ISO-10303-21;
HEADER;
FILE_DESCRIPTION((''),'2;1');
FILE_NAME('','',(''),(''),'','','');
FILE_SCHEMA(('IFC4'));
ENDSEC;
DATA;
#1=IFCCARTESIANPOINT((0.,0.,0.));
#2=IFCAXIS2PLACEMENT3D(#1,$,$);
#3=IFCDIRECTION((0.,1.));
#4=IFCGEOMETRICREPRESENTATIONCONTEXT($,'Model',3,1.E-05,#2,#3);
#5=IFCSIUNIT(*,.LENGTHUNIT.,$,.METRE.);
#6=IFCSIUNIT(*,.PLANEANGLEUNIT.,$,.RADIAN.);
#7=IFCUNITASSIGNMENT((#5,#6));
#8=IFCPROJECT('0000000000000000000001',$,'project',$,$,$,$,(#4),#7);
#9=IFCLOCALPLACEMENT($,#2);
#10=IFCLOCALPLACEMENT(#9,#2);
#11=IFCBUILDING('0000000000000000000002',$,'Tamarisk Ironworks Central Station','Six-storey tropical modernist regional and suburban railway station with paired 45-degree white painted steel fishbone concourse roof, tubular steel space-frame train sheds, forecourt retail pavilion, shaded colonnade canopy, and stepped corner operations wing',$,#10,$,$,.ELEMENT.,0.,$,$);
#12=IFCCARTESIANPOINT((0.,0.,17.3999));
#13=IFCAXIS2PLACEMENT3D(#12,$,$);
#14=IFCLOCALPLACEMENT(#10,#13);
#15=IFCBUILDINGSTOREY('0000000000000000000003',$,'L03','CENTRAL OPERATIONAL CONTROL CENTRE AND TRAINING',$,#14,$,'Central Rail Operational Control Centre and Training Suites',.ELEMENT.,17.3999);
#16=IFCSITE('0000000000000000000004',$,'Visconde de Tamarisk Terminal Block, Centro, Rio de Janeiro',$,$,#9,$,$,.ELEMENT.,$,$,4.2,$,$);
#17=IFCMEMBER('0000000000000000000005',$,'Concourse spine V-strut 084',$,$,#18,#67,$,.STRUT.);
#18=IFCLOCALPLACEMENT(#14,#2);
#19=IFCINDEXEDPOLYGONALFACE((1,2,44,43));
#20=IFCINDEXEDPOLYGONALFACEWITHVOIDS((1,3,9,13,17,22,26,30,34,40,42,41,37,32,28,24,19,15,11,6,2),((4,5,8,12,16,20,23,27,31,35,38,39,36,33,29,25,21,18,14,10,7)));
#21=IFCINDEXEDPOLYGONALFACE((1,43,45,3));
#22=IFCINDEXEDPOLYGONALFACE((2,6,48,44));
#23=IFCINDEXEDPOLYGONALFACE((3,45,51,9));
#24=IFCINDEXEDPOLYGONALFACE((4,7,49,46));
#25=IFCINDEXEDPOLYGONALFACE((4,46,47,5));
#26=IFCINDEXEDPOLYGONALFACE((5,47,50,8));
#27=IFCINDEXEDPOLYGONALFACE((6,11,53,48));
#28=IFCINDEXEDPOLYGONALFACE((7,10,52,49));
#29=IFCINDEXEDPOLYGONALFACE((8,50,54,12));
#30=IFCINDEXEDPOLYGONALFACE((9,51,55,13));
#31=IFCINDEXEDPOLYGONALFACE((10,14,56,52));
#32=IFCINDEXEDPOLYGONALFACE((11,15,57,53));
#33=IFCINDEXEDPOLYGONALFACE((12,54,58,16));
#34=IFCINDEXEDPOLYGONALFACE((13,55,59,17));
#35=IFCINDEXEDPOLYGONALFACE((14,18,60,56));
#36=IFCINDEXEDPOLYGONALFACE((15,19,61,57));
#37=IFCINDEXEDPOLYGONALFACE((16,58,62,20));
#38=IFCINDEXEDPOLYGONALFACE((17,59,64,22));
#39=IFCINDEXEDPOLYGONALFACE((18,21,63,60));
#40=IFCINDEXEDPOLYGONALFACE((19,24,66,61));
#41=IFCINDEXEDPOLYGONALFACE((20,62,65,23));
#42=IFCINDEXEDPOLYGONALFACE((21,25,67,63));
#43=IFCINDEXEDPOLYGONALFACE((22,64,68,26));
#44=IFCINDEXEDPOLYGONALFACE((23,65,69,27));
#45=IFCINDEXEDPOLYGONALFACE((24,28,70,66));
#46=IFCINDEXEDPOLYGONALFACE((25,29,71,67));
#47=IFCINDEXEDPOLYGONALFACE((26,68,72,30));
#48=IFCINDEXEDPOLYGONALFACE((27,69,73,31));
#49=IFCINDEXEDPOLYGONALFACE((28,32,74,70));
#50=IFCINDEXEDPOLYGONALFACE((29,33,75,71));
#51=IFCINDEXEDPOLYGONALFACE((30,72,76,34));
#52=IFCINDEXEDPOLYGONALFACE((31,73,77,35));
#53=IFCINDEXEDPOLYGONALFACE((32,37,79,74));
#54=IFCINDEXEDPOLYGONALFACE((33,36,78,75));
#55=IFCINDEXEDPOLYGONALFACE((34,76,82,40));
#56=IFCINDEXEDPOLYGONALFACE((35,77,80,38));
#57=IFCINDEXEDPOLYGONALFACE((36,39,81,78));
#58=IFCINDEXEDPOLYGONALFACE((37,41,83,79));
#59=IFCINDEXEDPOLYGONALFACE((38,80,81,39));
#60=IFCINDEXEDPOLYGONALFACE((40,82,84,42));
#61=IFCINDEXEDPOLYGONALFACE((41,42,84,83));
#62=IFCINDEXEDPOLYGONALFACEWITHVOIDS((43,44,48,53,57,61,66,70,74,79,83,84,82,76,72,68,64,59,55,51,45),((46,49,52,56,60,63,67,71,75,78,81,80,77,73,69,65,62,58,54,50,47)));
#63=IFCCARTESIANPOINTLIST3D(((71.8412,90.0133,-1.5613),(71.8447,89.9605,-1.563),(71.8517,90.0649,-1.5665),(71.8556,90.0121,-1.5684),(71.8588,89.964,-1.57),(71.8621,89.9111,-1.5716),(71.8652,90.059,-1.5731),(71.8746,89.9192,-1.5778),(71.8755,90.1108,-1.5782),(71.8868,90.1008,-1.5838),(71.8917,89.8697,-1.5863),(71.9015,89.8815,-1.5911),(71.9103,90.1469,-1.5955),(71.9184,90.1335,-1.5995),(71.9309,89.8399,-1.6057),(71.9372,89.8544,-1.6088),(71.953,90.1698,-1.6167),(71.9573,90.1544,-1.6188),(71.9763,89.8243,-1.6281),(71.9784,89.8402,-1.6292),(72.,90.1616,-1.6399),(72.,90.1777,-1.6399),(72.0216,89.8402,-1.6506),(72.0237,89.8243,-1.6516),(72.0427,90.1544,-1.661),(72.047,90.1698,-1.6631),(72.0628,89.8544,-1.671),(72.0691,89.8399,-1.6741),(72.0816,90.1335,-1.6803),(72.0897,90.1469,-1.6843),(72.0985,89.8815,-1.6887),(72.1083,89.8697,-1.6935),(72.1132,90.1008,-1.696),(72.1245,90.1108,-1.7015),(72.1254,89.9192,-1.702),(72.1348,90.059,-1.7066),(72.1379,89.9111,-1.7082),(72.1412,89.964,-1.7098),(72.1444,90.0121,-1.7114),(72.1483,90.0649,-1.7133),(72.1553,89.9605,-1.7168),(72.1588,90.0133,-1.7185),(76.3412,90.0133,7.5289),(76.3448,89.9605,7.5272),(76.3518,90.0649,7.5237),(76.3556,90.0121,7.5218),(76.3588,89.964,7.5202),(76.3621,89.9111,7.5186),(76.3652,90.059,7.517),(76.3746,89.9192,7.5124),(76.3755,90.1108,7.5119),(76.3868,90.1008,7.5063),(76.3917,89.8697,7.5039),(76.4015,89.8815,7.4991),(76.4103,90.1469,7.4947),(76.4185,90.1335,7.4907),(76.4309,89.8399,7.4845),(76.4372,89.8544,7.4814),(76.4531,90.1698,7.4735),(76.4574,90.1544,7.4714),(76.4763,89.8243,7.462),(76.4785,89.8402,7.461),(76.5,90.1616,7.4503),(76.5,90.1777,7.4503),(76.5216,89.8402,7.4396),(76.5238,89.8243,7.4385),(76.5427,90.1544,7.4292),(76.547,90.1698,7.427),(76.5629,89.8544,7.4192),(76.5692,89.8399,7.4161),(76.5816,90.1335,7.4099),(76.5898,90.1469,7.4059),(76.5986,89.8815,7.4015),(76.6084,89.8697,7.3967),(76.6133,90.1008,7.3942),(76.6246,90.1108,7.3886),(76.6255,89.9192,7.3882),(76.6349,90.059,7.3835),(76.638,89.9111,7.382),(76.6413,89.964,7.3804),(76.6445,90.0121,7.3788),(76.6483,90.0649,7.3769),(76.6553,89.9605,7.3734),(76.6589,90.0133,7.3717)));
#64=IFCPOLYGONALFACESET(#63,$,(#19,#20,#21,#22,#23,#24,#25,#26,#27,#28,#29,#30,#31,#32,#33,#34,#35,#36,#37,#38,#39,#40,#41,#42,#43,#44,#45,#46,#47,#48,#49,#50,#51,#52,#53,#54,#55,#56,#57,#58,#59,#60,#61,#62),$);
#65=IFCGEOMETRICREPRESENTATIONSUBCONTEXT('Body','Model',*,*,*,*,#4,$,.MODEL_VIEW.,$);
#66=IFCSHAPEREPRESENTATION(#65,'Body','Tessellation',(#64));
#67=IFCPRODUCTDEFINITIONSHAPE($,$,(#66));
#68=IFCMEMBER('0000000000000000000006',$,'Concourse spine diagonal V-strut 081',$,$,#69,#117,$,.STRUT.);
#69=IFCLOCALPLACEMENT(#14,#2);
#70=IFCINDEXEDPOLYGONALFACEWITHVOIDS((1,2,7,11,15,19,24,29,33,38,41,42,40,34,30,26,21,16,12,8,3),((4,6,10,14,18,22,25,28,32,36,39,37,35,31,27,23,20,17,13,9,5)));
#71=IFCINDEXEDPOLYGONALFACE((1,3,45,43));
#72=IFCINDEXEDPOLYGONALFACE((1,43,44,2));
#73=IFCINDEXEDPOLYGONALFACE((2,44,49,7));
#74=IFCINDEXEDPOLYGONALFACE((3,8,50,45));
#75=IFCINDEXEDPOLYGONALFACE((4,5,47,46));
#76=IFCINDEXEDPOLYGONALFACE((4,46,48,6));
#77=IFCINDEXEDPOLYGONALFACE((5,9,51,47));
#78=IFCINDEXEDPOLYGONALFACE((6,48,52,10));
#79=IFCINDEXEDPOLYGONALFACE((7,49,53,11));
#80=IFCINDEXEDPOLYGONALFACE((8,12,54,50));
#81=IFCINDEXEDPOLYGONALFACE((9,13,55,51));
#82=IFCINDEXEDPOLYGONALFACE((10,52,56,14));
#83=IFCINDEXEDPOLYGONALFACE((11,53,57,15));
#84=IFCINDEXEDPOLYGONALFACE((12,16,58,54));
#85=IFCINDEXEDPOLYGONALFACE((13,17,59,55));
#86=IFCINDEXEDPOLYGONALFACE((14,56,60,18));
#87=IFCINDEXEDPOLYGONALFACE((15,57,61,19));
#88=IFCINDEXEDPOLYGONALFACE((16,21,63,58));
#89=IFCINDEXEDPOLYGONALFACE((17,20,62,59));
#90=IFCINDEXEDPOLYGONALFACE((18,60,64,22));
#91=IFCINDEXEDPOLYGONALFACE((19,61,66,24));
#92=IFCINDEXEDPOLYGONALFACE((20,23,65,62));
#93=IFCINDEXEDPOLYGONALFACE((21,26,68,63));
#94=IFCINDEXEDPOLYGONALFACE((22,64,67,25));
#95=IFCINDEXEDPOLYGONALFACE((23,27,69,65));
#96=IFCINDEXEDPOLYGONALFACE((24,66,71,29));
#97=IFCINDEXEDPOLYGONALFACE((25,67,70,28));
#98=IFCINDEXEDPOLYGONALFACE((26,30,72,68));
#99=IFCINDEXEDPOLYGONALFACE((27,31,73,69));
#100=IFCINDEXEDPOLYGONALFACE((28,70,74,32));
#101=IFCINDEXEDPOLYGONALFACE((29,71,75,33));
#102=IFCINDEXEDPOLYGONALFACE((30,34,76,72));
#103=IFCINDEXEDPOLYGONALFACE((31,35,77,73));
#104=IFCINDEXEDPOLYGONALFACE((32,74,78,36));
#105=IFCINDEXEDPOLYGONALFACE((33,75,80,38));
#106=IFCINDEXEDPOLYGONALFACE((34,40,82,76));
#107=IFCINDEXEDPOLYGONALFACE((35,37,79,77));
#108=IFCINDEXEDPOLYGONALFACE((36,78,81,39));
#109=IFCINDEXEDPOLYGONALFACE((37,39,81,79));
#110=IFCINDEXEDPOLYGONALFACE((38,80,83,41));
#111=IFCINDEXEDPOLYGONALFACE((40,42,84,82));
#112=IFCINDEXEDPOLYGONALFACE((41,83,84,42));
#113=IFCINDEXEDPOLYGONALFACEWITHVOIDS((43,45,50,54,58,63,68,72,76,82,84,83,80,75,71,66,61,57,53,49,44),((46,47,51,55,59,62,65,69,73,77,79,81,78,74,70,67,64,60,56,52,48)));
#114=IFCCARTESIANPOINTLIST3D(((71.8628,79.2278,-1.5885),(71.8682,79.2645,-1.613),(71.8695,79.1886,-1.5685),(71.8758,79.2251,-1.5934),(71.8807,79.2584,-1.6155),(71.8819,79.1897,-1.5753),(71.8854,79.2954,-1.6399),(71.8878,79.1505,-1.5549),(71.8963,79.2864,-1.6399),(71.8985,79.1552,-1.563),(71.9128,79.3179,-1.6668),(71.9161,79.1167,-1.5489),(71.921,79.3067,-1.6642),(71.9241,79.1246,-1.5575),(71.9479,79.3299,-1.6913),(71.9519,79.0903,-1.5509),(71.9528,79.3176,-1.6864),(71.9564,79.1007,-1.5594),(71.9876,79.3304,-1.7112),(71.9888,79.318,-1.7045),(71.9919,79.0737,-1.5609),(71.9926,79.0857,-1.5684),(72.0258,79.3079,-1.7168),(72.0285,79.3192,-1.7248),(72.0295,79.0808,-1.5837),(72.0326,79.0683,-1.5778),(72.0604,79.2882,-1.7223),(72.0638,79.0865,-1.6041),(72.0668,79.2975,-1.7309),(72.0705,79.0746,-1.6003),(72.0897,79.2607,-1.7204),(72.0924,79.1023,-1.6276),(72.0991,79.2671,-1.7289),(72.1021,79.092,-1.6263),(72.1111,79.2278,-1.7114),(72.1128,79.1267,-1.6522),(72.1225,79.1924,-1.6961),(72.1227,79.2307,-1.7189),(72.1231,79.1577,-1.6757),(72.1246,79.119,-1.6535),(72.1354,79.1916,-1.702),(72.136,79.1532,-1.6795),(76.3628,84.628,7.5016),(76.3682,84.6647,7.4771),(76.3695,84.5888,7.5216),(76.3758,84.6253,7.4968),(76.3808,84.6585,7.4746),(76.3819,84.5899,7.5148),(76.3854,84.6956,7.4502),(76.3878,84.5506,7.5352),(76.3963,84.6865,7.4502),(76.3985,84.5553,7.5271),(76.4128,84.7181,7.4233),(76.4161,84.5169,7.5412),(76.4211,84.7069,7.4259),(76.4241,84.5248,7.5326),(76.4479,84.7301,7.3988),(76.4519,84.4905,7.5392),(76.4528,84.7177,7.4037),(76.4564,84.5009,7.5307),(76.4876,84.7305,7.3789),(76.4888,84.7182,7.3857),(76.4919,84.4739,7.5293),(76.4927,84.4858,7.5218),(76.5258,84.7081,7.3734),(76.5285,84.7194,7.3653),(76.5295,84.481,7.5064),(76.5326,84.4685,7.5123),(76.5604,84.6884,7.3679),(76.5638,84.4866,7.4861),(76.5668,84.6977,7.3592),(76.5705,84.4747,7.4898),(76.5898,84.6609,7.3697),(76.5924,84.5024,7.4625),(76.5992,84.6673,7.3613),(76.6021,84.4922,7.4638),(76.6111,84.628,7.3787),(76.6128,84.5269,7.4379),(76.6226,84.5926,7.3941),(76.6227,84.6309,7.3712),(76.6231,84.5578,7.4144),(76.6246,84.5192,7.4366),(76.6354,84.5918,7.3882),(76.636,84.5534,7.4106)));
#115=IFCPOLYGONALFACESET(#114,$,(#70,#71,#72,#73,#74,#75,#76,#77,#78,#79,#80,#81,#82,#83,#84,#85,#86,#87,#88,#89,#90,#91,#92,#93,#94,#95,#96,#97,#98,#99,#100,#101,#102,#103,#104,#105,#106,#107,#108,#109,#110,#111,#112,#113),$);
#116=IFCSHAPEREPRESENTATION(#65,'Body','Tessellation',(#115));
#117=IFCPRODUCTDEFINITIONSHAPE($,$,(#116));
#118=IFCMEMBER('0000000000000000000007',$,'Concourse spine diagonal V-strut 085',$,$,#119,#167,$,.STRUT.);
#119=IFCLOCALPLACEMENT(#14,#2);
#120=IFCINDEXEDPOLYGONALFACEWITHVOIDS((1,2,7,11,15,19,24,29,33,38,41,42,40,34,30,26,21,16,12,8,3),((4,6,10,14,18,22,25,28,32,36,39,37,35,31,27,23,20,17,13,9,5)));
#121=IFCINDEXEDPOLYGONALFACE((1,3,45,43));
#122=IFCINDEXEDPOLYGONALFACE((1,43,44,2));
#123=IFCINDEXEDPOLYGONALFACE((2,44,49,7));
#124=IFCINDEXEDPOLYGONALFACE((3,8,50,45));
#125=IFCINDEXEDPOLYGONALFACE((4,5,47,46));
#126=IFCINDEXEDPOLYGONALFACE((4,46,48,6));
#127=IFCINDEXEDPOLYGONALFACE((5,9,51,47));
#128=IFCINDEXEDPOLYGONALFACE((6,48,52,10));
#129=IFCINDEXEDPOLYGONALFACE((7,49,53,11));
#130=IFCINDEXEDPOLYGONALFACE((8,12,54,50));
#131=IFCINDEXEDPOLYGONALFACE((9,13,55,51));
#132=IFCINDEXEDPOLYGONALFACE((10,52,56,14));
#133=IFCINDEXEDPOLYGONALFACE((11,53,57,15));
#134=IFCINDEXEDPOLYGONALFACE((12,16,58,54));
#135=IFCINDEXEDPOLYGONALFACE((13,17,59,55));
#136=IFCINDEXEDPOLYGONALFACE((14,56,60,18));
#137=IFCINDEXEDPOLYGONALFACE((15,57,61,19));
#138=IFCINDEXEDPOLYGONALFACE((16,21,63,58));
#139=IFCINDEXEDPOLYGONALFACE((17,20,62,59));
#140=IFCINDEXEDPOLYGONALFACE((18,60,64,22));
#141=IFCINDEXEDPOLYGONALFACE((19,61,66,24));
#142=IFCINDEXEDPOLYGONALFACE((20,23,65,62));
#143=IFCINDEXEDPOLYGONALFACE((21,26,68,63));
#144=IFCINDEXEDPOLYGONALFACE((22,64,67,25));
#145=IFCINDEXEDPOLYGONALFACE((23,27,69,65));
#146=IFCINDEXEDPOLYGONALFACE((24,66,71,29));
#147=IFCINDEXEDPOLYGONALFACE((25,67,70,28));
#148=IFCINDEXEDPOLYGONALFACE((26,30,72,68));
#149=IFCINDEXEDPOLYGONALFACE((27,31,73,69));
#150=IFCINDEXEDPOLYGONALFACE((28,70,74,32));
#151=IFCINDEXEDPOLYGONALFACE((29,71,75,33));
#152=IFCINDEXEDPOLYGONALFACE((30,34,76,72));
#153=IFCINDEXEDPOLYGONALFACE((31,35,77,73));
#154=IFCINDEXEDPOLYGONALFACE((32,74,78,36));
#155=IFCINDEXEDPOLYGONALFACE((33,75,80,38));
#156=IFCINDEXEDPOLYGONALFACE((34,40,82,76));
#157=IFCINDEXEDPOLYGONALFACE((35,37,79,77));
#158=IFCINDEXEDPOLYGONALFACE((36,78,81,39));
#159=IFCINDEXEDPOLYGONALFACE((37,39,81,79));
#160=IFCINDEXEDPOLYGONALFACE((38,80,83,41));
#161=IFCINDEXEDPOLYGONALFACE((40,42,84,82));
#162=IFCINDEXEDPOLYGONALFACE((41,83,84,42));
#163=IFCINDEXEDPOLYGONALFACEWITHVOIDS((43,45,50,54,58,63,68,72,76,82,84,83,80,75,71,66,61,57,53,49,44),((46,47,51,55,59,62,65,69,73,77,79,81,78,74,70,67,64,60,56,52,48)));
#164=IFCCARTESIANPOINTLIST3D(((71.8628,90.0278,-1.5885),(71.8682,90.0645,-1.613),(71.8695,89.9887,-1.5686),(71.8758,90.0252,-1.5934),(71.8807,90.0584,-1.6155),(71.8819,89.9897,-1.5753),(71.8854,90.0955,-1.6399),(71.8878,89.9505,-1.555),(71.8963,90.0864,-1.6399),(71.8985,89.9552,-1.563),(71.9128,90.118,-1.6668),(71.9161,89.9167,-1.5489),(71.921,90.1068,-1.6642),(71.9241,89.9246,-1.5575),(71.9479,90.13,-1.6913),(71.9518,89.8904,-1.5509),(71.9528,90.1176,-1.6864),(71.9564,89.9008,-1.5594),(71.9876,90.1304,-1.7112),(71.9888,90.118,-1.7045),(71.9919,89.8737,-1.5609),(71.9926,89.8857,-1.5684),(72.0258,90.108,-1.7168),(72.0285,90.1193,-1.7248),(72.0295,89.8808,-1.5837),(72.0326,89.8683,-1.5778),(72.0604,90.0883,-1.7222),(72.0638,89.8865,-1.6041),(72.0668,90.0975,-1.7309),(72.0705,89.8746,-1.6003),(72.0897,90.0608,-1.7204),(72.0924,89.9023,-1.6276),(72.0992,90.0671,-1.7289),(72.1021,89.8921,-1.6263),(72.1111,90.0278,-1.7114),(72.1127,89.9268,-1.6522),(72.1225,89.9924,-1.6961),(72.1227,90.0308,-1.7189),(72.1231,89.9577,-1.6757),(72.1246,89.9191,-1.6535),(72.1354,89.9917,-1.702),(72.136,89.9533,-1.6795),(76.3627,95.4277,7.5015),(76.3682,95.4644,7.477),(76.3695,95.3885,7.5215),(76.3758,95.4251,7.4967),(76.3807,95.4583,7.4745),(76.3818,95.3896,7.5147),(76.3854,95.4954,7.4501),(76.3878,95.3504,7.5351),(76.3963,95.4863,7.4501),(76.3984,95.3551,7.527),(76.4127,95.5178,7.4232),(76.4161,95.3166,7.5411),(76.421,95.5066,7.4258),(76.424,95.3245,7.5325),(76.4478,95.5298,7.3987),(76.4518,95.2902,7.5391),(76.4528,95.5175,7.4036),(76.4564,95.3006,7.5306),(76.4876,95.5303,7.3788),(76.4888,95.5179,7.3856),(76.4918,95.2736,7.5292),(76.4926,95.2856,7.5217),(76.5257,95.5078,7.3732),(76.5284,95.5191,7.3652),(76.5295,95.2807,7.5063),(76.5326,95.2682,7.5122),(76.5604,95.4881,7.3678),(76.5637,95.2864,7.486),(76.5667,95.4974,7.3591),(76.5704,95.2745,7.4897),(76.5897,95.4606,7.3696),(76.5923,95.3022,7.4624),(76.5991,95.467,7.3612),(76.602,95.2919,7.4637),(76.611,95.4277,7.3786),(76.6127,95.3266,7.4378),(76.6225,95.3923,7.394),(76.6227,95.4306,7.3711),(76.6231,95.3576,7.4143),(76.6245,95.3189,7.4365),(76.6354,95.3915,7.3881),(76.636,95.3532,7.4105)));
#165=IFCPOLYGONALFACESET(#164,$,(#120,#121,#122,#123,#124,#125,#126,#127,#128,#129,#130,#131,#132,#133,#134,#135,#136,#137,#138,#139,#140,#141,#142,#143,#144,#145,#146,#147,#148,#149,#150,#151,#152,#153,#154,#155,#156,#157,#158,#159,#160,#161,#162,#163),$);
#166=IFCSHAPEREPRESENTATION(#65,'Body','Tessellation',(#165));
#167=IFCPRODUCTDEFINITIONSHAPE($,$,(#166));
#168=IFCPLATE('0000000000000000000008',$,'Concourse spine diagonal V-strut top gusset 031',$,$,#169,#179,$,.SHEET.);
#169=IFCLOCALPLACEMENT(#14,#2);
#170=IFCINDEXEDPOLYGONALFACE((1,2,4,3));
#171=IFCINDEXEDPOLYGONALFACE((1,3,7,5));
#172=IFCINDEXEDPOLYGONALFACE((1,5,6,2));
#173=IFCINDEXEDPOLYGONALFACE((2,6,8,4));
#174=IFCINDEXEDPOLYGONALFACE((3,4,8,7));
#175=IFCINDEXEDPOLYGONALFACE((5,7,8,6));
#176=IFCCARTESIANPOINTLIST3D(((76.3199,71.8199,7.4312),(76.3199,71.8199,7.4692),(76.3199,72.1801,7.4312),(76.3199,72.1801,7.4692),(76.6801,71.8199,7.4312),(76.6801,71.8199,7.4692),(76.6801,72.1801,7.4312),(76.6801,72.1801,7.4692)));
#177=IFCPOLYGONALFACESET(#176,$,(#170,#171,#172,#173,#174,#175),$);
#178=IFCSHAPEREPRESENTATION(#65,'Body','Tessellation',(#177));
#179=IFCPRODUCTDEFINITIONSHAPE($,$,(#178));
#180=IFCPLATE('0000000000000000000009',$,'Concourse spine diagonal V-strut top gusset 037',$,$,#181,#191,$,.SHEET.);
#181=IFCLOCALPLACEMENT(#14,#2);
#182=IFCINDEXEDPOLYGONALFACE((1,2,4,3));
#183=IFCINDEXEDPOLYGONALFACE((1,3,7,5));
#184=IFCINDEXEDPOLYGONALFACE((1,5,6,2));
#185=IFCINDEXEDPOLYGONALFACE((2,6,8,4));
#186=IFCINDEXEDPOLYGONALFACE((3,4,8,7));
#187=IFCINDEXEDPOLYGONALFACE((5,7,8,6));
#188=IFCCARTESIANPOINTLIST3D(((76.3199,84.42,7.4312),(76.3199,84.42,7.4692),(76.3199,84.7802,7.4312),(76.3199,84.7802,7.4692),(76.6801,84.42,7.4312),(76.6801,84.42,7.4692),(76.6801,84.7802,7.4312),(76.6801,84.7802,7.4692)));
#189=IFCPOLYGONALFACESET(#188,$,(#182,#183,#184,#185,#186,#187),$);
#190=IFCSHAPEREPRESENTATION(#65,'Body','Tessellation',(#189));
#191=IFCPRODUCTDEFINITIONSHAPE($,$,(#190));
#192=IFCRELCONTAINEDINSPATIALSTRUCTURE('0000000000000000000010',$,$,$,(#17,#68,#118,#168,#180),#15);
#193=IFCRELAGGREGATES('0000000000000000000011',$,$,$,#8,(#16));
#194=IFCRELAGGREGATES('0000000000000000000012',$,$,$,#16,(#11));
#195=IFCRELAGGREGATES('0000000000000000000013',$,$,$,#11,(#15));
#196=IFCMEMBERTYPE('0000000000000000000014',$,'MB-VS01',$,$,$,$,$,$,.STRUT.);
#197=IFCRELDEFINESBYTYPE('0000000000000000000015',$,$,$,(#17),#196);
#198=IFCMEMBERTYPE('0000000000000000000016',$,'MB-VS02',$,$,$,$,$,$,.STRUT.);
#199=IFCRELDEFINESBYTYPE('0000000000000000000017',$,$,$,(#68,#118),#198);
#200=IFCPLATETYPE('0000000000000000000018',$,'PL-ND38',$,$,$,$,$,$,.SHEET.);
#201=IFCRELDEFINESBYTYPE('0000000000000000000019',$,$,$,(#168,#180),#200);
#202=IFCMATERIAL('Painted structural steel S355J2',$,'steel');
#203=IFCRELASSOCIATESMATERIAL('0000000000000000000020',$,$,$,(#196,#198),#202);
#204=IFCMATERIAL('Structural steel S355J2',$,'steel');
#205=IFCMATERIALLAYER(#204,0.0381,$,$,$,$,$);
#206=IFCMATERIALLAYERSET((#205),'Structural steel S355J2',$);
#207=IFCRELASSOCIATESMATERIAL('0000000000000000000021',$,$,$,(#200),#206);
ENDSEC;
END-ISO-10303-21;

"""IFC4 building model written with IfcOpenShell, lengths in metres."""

from ifc_helpers import new_model, si_unit, direction, frame, origin, origin_2d, place, context, subcontext, project, spatial, rectangle, hollow_circle, extrude, material, layer, layer_set, material_profile, profile_set, type_object, element, save


model = new_model("IFC4")

# Units and contexts
model_context = context("Model", 3, precision=1e-05, world=origin(), true_north=direction((0.0, 1.0)))
body_context = subcontext(model_context, "Body", "Model", "MODEL_VIEW")
ifc_project = project(units=[si_unit("LENGTHUNIT", "METRE"), si_unit("PLANEANGLEUNIT", "RADIAN")], contexts=[model_context])

# Site, building, storey
site_placement = place(None, origin())
site = spatial("IfcSite", under=ifc_project, at=site_placement, Name="Visconde de Tamarisk Terminal Block, Centro, Rio de Janeiro", CompositionType="ELEMENT", RefElevation=4.2)
building_placement = place(site_placement, origin())
building = spatial("IfcBuilding", under=site, at=building_placement, Name="Tamarisk Ironworks Central Station", Description="Six-storey tropical modernist regional and suburban railway station with paired 45-degree white painted steel fishbone concourse roof, tubular steel space-frame train sheds, forecourt retail pavilion, shaded colonnade canopy, and stepped corner operations wing", CompositionType="ELEMENT", ElevationOfRefHeight=0.0)
storey_placement = place(building_placement, frame((0.0, 0.0, 17.3999)))
storey = spatial("IfcBuildingStorey", under=building, at=storey_placement, Name="L03", Description="CENTRAL OPERATIONAL CONTROL CENTRE AND TRAINING", LongName="Central Rail Operational Control Centre and Training Suites", CompositionType="ELEMENT", Elevation=17.3999)

# Shared definitions
ifc_material_1 = material(Name="Painted structural steel S355J2", Category="steel")
ifc_material_2 = material(Name="Structural steel S355J2", Category="steel")

# Members
ifc_material_profile_1 = material_profile(ifc_material_1, hollow_circle(Radius=0.1777, WallThickness=0.0161, at=origin_2d()), Name="CHS 355.6x16")
ifc_profile_set_1 = profile_set([ifc_material_profile_1], Name="Painted structural steel S355J2")
member_type_1 = type_object("IfcMemberType", Name="MB-VS01", PredefinedType="STRUT", material=ifc_profile_set_1)
for number, where, z_axis, x_axis, name in (
    (1, (72.0, 90.0, -1.6399), (0.443657, 0.0, 0.896196), (0.0, 1.0, 0.0), "Concourse spine V-strut 084"),
):
    element("IfcMember", number, at=place(storey_placement, frame(where, z_axis=z_axis, x_axis=x_axis)), inside=storey, type_object=member_type_1, Name=name, PredefinedType="STRUT", context=body_context, shape_type="SweptSolid", body=[
        extrude(hollow_circle(Radius=0.1777, WallThickness=0.0161, at=origin_2d()), origin(), (0.0, 0.0, 1.0), 10.1431),
    ])
ifc_material_profile_2 = material_profile(ifc_material_1, hollow_circle(Radius=0.1492, WallThickness=0.0142, at=origin_2d()), Name="CHS 298.5x14.2")
ifc_profile_set_2 = profile_set([ifc_material_profile_2], Name="Painted structural steel S355J2")
member_type_2 = type_object("IfcMemberType", Name="MB-VS02", PredefinedType="STRUT", material=ifc_profile_set_2)
member_1_placement = place(storey_placement, frame((72.0, 79.2, -1.6399), z_axis=(0.391613, 0.469949, 0.791067), x_axis=(-0.76823, 0.640174, 0.0)))
element("IfcMember", 2, at=member_1_placement, inside=storey, type_object=member_type_2, Name="Concourse spine diagonal V-strut 081", PredefinedType="STRUT", context=body_context, shape_type="SweptSolid", body=[
    extrude(hollow_circle(Radius=0.1492, WallThickness=0.0142, at=origin_2d()), origin(), (0.0, 0.0, 1.0), 11.491),
])
member_2_placement = place(storey_placement, frame((72.0, 90.0, -1.6399), z_axis=(0.391617, 0.469932, 0.791075), x_axis=(-0.768216, 0.640191, 0.0)))
element("IfcMember", 3, at=member_2_placement, inside=storey, type_object=member_type_2, Name="Concourse spine diagonal V-strut 085", PredefinedType="STRUT", context=body_context, shape_type="SweptSolid", body=[
    extrude(hollow_circle(Radius=0.1492, WallThickness=0.0142, at=origin_2d()), origin(), (0.0, 0.0, 1.0), 11.4907),
])

# Plates
ifc_layer_1 = layer(ifc_material_2, 0.0381)
ifc_layer_set_1 = layer_set([ifc_layer_1], Name="Structural steel S355J2")
plate_type_1 = type_object("IfcPlateType", Name="PL-ND38", PredefinedType="SHEET", material=ifc_layer_set_1)
for number, where, z_axis, x_axis, name in (
    (4, (76.5, 72.0, 7.4312), (0.0, 0.0, 1.0), (1.0, 0.0, 0.0), "Concourse spine diagonal V-strut top gusset 031"),
    (5, (76.5, 84.6001, 7.4312), (0.0, 0.0, 1.0), (1.0, 0.0, 0.0), "Concourse spine diagonal V-strut top gusset 037"),
):
    element("IfcPlate", number, at=place(storey_placement, frame(where, z_axis=z_axis, x_axis=x_axis)), inside=storey, type_object=plate_type_1, Name=name, PredefinedType="SHEET", context=body_context, shape_type="SweptSolid", body=[
        extrude(rectangle(XDim=0.3601, YDim=0.3601, at=origin_2d()), origin(), (0.0, 0.0, 1.0), 0.0381),
    ])

save(model, "model.ifc")
